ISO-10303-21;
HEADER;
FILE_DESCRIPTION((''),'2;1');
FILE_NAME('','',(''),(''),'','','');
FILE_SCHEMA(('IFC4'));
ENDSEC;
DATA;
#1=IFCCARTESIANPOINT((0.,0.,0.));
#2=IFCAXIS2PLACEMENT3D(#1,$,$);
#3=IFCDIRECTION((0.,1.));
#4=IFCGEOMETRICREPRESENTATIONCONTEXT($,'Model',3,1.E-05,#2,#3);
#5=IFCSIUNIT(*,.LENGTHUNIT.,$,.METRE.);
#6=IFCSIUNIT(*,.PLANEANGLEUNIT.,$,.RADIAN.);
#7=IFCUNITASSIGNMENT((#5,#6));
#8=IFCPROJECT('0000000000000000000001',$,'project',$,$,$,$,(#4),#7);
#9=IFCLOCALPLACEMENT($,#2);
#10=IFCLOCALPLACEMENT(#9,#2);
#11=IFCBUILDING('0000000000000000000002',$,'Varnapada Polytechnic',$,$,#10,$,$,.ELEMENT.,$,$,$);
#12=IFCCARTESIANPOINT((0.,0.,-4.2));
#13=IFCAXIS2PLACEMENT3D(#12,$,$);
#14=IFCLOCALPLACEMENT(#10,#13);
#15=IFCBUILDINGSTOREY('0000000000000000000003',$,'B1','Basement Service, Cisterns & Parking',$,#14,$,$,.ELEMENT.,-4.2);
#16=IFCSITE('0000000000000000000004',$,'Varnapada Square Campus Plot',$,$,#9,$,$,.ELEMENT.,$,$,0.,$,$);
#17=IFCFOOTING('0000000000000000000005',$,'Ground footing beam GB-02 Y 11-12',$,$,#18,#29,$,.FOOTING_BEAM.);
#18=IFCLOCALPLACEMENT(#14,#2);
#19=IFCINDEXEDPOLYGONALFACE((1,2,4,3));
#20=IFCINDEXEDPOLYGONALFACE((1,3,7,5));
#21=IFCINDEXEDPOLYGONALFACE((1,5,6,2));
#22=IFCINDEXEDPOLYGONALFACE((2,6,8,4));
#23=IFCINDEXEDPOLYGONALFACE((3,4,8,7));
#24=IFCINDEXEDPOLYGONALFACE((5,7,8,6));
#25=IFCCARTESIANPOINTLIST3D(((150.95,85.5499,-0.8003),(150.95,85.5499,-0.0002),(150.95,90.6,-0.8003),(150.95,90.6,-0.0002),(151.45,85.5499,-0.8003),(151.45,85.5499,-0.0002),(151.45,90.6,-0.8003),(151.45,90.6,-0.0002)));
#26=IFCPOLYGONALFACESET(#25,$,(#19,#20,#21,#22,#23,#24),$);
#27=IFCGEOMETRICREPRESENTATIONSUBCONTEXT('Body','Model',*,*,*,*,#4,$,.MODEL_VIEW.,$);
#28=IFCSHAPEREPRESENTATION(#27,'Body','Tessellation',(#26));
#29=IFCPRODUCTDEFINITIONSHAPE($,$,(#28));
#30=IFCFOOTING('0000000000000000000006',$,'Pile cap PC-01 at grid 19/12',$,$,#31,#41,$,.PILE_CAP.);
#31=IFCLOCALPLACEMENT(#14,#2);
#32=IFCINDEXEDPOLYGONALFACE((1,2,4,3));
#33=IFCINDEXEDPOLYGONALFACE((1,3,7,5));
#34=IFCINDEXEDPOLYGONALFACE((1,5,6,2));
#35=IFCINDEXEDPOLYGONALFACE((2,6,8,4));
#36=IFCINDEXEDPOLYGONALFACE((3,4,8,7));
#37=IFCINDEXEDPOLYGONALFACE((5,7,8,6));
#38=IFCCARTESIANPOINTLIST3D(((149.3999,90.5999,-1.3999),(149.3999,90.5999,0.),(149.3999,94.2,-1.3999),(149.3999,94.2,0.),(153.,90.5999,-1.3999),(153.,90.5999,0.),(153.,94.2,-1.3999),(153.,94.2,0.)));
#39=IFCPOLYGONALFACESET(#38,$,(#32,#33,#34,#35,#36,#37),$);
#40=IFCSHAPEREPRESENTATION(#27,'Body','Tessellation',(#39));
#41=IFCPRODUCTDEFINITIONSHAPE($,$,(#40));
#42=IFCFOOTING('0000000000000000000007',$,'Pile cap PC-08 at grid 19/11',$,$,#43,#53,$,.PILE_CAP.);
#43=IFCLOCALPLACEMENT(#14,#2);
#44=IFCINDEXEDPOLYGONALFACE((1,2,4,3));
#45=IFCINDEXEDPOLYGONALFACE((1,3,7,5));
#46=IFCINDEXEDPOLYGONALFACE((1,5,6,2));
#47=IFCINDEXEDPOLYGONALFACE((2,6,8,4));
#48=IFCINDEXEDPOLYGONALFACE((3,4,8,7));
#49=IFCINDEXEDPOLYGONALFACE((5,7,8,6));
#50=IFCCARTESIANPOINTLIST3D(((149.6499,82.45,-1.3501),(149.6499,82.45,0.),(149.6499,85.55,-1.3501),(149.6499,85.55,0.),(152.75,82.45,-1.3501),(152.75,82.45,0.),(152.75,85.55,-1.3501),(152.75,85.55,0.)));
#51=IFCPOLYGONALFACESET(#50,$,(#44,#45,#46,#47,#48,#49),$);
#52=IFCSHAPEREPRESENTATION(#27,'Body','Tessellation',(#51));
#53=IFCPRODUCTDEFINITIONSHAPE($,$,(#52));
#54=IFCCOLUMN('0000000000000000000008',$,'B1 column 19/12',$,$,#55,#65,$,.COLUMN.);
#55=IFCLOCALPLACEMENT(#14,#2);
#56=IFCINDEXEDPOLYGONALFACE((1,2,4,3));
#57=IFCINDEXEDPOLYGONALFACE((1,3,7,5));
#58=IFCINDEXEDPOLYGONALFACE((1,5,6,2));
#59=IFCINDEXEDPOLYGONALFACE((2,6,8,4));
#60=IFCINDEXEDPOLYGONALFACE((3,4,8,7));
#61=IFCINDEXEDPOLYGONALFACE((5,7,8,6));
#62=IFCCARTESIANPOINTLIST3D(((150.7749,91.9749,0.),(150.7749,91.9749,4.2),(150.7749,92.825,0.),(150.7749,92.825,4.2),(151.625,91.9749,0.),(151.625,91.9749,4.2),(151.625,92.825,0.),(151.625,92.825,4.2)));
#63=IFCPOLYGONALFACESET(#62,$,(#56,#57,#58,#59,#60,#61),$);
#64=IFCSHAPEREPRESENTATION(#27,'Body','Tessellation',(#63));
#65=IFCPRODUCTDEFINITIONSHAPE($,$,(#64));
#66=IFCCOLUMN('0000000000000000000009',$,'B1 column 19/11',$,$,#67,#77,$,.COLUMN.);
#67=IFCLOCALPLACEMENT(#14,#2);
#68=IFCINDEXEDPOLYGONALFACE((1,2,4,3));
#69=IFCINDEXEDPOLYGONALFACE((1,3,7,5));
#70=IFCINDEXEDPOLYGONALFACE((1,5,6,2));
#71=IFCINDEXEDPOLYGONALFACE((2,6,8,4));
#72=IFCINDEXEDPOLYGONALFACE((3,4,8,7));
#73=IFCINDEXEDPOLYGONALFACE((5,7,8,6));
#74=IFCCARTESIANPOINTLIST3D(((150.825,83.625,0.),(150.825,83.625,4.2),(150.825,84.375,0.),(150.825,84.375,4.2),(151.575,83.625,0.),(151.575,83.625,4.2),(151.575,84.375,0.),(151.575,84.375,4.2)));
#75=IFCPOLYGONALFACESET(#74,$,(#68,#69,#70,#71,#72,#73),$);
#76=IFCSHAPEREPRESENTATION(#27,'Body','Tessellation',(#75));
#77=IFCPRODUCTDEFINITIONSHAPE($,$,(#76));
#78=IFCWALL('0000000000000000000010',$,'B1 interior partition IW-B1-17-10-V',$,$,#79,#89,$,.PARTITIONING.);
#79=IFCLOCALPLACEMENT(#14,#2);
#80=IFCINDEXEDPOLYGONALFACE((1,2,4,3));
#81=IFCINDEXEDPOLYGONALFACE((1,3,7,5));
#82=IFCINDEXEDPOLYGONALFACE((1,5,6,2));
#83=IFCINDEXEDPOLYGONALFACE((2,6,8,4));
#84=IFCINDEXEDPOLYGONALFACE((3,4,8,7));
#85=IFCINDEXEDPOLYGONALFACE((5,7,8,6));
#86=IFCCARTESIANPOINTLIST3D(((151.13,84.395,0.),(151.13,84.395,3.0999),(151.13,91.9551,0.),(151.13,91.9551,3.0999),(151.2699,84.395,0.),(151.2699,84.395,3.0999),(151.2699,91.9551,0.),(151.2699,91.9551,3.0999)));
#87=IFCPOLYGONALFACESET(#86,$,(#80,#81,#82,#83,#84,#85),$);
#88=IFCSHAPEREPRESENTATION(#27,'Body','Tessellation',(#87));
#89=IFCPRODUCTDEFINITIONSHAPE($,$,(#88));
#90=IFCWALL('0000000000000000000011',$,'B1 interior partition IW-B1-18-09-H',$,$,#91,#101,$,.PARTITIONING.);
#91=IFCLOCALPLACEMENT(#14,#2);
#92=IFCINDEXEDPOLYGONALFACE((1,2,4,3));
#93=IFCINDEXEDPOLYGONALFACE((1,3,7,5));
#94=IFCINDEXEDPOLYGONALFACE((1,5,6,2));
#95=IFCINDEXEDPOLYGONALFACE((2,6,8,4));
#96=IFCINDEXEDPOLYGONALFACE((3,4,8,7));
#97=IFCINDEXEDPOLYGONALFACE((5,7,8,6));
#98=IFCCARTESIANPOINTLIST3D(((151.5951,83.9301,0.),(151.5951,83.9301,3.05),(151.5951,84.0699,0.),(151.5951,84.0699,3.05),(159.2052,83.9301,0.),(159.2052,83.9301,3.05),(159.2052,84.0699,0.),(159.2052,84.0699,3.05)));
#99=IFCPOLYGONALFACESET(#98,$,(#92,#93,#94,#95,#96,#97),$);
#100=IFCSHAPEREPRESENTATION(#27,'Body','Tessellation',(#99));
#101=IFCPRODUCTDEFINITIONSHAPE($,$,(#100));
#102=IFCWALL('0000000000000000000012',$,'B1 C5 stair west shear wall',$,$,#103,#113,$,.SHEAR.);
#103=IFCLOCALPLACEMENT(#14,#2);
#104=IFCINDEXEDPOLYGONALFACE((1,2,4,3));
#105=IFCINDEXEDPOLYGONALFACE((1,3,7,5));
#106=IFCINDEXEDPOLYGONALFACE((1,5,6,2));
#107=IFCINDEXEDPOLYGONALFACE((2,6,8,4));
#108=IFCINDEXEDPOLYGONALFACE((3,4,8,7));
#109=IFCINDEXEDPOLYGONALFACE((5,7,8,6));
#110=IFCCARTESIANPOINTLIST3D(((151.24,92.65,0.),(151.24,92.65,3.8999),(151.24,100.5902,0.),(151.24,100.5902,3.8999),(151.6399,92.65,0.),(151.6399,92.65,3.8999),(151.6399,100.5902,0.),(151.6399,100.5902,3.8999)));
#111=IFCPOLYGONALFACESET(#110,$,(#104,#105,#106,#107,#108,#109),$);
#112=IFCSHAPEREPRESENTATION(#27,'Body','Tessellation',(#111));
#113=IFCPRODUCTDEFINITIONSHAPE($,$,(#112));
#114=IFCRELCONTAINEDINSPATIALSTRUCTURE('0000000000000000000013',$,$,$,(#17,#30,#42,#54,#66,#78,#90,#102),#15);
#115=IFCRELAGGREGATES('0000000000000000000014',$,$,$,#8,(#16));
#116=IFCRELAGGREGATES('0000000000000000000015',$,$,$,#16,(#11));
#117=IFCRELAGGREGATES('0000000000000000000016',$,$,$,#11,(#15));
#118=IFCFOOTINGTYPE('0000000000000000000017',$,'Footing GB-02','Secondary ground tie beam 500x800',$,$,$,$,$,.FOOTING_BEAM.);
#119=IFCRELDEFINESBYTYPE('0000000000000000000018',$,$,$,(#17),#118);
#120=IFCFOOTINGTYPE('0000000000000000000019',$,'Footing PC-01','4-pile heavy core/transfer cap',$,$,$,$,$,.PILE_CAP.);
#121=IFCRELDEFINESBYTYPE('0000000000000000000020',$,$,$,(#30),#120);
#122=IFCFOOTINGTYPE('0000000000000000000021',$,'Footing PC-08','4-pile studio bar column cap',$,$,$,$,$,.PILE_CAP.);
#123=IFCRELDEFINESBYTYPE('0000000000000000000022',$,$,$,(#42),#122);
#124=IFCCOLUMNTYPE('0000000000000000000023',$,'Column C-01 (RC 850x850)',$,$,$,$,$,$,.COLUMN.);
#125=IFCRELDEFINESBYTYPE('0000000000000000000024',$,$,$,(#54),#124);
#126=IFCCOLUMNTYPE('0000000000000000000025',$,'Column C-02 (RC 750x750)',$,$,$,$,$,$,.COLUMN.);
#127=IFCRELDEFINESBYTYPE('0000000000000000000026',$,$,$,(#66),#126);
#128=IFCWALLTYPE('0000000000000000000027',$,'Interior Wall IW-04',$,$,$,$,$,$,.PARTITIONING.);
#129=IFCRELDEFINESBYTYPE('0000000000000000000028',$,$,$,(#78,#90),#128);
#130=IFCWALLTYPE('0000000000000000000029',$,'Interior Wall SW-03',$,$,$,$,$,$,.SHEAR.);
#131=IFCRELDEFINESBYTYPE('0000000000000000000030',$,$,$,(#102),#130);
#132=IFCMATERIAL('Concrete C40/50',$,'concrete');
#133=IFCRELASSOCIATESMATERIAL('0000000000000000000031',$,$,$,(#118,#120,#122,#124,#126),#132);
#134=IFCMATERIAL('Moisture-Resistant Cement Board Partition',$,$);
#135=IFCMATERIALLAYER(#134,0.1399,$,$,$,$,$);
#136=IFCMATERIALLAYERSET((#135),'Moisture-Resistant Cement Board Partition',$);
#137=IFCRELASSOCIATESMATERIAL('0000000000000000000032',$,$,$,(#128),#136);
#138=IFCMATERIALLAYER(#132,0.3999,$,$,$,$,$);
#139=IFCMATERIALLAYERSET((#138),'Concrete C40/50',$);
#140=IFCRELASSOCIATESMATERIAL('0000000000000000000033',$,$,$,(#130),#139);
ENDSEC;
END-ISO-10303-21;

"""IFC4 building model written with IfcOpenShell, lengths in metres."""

from ifc_helpers import new_model, si_unit, direction, frame, frame_2d, origin, origin_2d, place, context, subcontext, project, spatial, rectangle, extrude, material, layer, layer_set, material_profile, profile_set, type_object, element, save


model = new_model("IFC4")

# Units and contexts
model_context = context("Model", 3, precision=1e-05, world=origin(), true_north=direction((0.0, 1.0)))
body_context = subcontext(model_context, "Body", "Model", "MODEL_VIEW")
ifc_project = project(units=[si_unit("LENGTHUNIT", "METRE"), si_unit("PLANEANGLEUNIT", "RADIAN")], contexts=[model_context])

# Site, building, storey
site_placement = place(None, origin())
site = spatial("IfcSite", under=ifc_project, at=site_placement, Name="Varnapada Square Campus Plot", CompositionType="ELEMENT", RefElevation=0.0)
building_placement = place(site_placement, origin())
building = spatial("IfcBuilding", under=site, at=building_placement, Name="Varnapada Polytechnic", CompositionType="ELEMENT")
storey_placement = place(building_placement, frame((0.0, 0.0, -4.2)))
storey = spatial("IfcBuildingStorey", under=building, at=storey_placement, Name="B1", Description="Basement Service, Cisterns & Parking", CompositionType="ELEMENT", Elevation=-4.2)

# Shared definitions
ifc_material_1 = material(Name="Concrete C40/50", Category="concrete")

# Footings
footing_type_1 = type_object("IfcFootingType", Name="Footing GB-02", Description="Secondary ground tie beam 500x800", PredefinedType="FOOTING_BEAM", material=ifc_material_1)
footing_1_placement = place(storey_placement, frame((151.2, 88.075, -0.8003), z_axis=(0.0, 0.0, 1.0), x_axis=(0.0, 1.0, 0.0)))
element("IfcFooting", 1, at=footing_1_placement, inside=storey, type_object=footing_type_1, Name="Ground footing beam GB-02 Y 11-12", PredefinedType="FOOTING_BEAM", context=body_context, shape_type="SweptSolid", body=[
    extrude(rectangle(XDim=5.05, YDim=0.5, at=origin_2d()), origin(), (0.0, 0.0, 1.0), 0.8),
])
footing_type_2 = type_object("IfcFootingType", Name="Footing PC-01", Description="4-pile heavy core/transfer cap", PredefinedType="PILE_CAP", material=ifc_material_1)
footing_2_placement = place(storey_placement, frame((151.2, 92.3999, -1.3999), z_axis=(0.0, 0.0, 1.0), x_axis=(1.0, 0.0, 0.0)))
element("IfcFooting", 2, at=footing_2_placement, inside=storey, type_object=footing_type_2, Name="Pile cap PC-01 at grid 19/12", PredefinedType="PILE_CAP", context=body_context, shape_type="SweptSolid", body=[
    extrude(rectangle(XDim=3.6001, YDim=3.6001, at=origin_2d()), origin(), (0.0, 0.0, 1.0), 1.3999),
])
footing_type_3 = type_object("IfcFootingType", Name="Footing PC-08", Description="4-pile studio bar column cap", PredefinedType="PILE_CAP", material=ifc_material_1)
footing_3_placement = place(storey_placement, frame((151.2, 84.0, -1.3501), z_axis=(0.0, 0.0, 1.0), x_axis=(1.0, 0.0, 0.0)))
element("IfcFooting", 3, at=footing_3_placement, inside=storey, type_object=footing_type_3, Name="Pile cap PC-08 at grid 19/11", PredefinedType="PILE_CAP", context=body_context, shape_type="SweptSolid", body=[
    extrude(rectangle(XDim=3.1001, YDim=3.1001, at=origin_2d()), origin(), (0.0, 0.0, 1.0), 1.3501),
])

# Columns
ifc_material_profile_1 = material_profile(ifc_material_1, rectangle(XDim=0.8501, YDim=0.8501, at=origin_2d()), Name="RC 850x850")
ifc_profile_set_1 = profile_set([ifc_material_profile_1], Name="Concrete C40/50")
column_type_1 = type_object("IfcColumnType", Name="Column C-01 (RC 850x850)", PredefinedType="COLUMN", material=ifc_profile_set_1)
column_1_placement = place(storey_placement, frame((151.2, 92.3999, 0.0), z_axis=(0.0, 0.0, 1.0), x_axis=(1.0, 0.0, 0.0)))
element("IfcColumn", 4, at=column_1_placement, inside=storey, type_object=column_type_1, Name="B1 column 19/12", PredefinedType="COLUMN", context=body_context, shape_type="SweptSolid", body=[
    extrude(rectangle(XDim=0.8501, YDim=0.8501, at=origin_2d()), origin(), (0.0, 0.0, 1.0), 4.2),
])
ifc_material_profile_2 = material_profile(ifc_material_1, rectangle(XDim=0.75, YDim=0.75, at=origin_2d()), Name="RC 750x750")
ifc_profile_set_2 = profile_set([ifc_material_profile_2], Name="Concrete C40/50")
column_type_2 = type_object("IfcColumnType", Name="Column C-02 (RC 750x750)", PredefinedType="COLUMN", material=ifc_profile_set_2)
column_2_placement = place(storey_placement, frame((151.2, 84.0, 0.0), z_axis=(0.0, 0.0, 1.0), x_axis=(1.0, 0.0, 0.0)))
element("IfcColumn", 5, at=column_2_placement, inside=storey, type_object=column_type_2, Name="B1 column 19/11", PredefinedType="COLUMN", context=body_context, shape_type="SweptSolid", body=[
    extrude(rectangle(XDim=0.75, YDim=0.75, at=origin_2d()), origin(), (0.0, 0.0, 1.0), 4.2),
])

# Walls
ifc_material_2 = material(Name="Moisture-Resistant Cement Board Partition")
ifc_layer_1 = layer(ifc_material_2, 0.1399)
ifc_layer_set_1 = layer_set([ifc_layer_1], Name="Moisture-Resistant Cement Board Partition")
wall_type_1 = type_object("IfcWallType", Name="Interior Wall IW-04", PredefinedType="PARTITIONING", material=ifc_layer_set_1)
wall_1_placement = place(storey_placement, frame((151.2, 84.395, 0.0), z_axis=(0.0, 0.0, 1.0), x_axis=(0.0, 1.0, 0.0)))
element("IfcWall", 6, at=wall_1_placement, inside=storey, type_object=wall_type_1, Name="B1 interior partition IW-B1-17-10-V", PredefinedType="PARTITIONING", context=body_context, shape_type="SweptSolid", body=[
    extrude(rectangle(XDim=7.5601, YDim=0.1399, at=frame_2d((3.78, 0.0))), origin(), (0.0, 0.0, 1.0), 3.0999),
])
wall_2_placement = place(storey_placement, frame((151.595, 84.0, 0.0), z_axis=(0.0, 0.0, 1.0), x_axis=(1.0, 0.0, 0.0)))
element("IfcWall", 7, at=wall_2_placement, inside=storey, type_object=wall_type_1, Name="B1 interior partition IW-B1-18-09-H", PredefinedType="PARTITIONING", context=body_context, shape_type="SweptSolid", body=[
    extrude(rectangle(XDim=7.6101, YDim=0.1399, at=frame_2d((3.8052, 0.0))), origin(), (0.0, 0.0, 1.0), 3.05),
])
ifc_layer_2 = layer(ifc_material_1, 0.3999)
ifc_layer_set_2 = layer_set([ifc_layer_2], Name="Concrete C40/50")
wall_type_2 = type_object("IfcWallType", Name="Interior Wall SW-03", PredefinedType="SHEAR", material=ifc_layer_set_2)
wall_3_placement = place(storey_placement, frame((151.4399, 92.6499, 0.0), z_axis=(0.0, 0.0, 1.0), x_axis=(0.0, 1.0, 0.0)))
element("IfcWall", 8, at=wall_3_placement, inside=storey, type_object=wall_type_2, Name="B1 C5 stair west shear wall", PredefinedType="SHEAR", context=body_context, shape_type="SweptSolid", body=[
    extrude(rectangle(XDim=7.9402, YDim=0.3999, at=frame_2d((3.9702, 0.0))), origin(), (0.0, 0.0, 1.0), 3.8999),
])

save(model, "model.ifc")
